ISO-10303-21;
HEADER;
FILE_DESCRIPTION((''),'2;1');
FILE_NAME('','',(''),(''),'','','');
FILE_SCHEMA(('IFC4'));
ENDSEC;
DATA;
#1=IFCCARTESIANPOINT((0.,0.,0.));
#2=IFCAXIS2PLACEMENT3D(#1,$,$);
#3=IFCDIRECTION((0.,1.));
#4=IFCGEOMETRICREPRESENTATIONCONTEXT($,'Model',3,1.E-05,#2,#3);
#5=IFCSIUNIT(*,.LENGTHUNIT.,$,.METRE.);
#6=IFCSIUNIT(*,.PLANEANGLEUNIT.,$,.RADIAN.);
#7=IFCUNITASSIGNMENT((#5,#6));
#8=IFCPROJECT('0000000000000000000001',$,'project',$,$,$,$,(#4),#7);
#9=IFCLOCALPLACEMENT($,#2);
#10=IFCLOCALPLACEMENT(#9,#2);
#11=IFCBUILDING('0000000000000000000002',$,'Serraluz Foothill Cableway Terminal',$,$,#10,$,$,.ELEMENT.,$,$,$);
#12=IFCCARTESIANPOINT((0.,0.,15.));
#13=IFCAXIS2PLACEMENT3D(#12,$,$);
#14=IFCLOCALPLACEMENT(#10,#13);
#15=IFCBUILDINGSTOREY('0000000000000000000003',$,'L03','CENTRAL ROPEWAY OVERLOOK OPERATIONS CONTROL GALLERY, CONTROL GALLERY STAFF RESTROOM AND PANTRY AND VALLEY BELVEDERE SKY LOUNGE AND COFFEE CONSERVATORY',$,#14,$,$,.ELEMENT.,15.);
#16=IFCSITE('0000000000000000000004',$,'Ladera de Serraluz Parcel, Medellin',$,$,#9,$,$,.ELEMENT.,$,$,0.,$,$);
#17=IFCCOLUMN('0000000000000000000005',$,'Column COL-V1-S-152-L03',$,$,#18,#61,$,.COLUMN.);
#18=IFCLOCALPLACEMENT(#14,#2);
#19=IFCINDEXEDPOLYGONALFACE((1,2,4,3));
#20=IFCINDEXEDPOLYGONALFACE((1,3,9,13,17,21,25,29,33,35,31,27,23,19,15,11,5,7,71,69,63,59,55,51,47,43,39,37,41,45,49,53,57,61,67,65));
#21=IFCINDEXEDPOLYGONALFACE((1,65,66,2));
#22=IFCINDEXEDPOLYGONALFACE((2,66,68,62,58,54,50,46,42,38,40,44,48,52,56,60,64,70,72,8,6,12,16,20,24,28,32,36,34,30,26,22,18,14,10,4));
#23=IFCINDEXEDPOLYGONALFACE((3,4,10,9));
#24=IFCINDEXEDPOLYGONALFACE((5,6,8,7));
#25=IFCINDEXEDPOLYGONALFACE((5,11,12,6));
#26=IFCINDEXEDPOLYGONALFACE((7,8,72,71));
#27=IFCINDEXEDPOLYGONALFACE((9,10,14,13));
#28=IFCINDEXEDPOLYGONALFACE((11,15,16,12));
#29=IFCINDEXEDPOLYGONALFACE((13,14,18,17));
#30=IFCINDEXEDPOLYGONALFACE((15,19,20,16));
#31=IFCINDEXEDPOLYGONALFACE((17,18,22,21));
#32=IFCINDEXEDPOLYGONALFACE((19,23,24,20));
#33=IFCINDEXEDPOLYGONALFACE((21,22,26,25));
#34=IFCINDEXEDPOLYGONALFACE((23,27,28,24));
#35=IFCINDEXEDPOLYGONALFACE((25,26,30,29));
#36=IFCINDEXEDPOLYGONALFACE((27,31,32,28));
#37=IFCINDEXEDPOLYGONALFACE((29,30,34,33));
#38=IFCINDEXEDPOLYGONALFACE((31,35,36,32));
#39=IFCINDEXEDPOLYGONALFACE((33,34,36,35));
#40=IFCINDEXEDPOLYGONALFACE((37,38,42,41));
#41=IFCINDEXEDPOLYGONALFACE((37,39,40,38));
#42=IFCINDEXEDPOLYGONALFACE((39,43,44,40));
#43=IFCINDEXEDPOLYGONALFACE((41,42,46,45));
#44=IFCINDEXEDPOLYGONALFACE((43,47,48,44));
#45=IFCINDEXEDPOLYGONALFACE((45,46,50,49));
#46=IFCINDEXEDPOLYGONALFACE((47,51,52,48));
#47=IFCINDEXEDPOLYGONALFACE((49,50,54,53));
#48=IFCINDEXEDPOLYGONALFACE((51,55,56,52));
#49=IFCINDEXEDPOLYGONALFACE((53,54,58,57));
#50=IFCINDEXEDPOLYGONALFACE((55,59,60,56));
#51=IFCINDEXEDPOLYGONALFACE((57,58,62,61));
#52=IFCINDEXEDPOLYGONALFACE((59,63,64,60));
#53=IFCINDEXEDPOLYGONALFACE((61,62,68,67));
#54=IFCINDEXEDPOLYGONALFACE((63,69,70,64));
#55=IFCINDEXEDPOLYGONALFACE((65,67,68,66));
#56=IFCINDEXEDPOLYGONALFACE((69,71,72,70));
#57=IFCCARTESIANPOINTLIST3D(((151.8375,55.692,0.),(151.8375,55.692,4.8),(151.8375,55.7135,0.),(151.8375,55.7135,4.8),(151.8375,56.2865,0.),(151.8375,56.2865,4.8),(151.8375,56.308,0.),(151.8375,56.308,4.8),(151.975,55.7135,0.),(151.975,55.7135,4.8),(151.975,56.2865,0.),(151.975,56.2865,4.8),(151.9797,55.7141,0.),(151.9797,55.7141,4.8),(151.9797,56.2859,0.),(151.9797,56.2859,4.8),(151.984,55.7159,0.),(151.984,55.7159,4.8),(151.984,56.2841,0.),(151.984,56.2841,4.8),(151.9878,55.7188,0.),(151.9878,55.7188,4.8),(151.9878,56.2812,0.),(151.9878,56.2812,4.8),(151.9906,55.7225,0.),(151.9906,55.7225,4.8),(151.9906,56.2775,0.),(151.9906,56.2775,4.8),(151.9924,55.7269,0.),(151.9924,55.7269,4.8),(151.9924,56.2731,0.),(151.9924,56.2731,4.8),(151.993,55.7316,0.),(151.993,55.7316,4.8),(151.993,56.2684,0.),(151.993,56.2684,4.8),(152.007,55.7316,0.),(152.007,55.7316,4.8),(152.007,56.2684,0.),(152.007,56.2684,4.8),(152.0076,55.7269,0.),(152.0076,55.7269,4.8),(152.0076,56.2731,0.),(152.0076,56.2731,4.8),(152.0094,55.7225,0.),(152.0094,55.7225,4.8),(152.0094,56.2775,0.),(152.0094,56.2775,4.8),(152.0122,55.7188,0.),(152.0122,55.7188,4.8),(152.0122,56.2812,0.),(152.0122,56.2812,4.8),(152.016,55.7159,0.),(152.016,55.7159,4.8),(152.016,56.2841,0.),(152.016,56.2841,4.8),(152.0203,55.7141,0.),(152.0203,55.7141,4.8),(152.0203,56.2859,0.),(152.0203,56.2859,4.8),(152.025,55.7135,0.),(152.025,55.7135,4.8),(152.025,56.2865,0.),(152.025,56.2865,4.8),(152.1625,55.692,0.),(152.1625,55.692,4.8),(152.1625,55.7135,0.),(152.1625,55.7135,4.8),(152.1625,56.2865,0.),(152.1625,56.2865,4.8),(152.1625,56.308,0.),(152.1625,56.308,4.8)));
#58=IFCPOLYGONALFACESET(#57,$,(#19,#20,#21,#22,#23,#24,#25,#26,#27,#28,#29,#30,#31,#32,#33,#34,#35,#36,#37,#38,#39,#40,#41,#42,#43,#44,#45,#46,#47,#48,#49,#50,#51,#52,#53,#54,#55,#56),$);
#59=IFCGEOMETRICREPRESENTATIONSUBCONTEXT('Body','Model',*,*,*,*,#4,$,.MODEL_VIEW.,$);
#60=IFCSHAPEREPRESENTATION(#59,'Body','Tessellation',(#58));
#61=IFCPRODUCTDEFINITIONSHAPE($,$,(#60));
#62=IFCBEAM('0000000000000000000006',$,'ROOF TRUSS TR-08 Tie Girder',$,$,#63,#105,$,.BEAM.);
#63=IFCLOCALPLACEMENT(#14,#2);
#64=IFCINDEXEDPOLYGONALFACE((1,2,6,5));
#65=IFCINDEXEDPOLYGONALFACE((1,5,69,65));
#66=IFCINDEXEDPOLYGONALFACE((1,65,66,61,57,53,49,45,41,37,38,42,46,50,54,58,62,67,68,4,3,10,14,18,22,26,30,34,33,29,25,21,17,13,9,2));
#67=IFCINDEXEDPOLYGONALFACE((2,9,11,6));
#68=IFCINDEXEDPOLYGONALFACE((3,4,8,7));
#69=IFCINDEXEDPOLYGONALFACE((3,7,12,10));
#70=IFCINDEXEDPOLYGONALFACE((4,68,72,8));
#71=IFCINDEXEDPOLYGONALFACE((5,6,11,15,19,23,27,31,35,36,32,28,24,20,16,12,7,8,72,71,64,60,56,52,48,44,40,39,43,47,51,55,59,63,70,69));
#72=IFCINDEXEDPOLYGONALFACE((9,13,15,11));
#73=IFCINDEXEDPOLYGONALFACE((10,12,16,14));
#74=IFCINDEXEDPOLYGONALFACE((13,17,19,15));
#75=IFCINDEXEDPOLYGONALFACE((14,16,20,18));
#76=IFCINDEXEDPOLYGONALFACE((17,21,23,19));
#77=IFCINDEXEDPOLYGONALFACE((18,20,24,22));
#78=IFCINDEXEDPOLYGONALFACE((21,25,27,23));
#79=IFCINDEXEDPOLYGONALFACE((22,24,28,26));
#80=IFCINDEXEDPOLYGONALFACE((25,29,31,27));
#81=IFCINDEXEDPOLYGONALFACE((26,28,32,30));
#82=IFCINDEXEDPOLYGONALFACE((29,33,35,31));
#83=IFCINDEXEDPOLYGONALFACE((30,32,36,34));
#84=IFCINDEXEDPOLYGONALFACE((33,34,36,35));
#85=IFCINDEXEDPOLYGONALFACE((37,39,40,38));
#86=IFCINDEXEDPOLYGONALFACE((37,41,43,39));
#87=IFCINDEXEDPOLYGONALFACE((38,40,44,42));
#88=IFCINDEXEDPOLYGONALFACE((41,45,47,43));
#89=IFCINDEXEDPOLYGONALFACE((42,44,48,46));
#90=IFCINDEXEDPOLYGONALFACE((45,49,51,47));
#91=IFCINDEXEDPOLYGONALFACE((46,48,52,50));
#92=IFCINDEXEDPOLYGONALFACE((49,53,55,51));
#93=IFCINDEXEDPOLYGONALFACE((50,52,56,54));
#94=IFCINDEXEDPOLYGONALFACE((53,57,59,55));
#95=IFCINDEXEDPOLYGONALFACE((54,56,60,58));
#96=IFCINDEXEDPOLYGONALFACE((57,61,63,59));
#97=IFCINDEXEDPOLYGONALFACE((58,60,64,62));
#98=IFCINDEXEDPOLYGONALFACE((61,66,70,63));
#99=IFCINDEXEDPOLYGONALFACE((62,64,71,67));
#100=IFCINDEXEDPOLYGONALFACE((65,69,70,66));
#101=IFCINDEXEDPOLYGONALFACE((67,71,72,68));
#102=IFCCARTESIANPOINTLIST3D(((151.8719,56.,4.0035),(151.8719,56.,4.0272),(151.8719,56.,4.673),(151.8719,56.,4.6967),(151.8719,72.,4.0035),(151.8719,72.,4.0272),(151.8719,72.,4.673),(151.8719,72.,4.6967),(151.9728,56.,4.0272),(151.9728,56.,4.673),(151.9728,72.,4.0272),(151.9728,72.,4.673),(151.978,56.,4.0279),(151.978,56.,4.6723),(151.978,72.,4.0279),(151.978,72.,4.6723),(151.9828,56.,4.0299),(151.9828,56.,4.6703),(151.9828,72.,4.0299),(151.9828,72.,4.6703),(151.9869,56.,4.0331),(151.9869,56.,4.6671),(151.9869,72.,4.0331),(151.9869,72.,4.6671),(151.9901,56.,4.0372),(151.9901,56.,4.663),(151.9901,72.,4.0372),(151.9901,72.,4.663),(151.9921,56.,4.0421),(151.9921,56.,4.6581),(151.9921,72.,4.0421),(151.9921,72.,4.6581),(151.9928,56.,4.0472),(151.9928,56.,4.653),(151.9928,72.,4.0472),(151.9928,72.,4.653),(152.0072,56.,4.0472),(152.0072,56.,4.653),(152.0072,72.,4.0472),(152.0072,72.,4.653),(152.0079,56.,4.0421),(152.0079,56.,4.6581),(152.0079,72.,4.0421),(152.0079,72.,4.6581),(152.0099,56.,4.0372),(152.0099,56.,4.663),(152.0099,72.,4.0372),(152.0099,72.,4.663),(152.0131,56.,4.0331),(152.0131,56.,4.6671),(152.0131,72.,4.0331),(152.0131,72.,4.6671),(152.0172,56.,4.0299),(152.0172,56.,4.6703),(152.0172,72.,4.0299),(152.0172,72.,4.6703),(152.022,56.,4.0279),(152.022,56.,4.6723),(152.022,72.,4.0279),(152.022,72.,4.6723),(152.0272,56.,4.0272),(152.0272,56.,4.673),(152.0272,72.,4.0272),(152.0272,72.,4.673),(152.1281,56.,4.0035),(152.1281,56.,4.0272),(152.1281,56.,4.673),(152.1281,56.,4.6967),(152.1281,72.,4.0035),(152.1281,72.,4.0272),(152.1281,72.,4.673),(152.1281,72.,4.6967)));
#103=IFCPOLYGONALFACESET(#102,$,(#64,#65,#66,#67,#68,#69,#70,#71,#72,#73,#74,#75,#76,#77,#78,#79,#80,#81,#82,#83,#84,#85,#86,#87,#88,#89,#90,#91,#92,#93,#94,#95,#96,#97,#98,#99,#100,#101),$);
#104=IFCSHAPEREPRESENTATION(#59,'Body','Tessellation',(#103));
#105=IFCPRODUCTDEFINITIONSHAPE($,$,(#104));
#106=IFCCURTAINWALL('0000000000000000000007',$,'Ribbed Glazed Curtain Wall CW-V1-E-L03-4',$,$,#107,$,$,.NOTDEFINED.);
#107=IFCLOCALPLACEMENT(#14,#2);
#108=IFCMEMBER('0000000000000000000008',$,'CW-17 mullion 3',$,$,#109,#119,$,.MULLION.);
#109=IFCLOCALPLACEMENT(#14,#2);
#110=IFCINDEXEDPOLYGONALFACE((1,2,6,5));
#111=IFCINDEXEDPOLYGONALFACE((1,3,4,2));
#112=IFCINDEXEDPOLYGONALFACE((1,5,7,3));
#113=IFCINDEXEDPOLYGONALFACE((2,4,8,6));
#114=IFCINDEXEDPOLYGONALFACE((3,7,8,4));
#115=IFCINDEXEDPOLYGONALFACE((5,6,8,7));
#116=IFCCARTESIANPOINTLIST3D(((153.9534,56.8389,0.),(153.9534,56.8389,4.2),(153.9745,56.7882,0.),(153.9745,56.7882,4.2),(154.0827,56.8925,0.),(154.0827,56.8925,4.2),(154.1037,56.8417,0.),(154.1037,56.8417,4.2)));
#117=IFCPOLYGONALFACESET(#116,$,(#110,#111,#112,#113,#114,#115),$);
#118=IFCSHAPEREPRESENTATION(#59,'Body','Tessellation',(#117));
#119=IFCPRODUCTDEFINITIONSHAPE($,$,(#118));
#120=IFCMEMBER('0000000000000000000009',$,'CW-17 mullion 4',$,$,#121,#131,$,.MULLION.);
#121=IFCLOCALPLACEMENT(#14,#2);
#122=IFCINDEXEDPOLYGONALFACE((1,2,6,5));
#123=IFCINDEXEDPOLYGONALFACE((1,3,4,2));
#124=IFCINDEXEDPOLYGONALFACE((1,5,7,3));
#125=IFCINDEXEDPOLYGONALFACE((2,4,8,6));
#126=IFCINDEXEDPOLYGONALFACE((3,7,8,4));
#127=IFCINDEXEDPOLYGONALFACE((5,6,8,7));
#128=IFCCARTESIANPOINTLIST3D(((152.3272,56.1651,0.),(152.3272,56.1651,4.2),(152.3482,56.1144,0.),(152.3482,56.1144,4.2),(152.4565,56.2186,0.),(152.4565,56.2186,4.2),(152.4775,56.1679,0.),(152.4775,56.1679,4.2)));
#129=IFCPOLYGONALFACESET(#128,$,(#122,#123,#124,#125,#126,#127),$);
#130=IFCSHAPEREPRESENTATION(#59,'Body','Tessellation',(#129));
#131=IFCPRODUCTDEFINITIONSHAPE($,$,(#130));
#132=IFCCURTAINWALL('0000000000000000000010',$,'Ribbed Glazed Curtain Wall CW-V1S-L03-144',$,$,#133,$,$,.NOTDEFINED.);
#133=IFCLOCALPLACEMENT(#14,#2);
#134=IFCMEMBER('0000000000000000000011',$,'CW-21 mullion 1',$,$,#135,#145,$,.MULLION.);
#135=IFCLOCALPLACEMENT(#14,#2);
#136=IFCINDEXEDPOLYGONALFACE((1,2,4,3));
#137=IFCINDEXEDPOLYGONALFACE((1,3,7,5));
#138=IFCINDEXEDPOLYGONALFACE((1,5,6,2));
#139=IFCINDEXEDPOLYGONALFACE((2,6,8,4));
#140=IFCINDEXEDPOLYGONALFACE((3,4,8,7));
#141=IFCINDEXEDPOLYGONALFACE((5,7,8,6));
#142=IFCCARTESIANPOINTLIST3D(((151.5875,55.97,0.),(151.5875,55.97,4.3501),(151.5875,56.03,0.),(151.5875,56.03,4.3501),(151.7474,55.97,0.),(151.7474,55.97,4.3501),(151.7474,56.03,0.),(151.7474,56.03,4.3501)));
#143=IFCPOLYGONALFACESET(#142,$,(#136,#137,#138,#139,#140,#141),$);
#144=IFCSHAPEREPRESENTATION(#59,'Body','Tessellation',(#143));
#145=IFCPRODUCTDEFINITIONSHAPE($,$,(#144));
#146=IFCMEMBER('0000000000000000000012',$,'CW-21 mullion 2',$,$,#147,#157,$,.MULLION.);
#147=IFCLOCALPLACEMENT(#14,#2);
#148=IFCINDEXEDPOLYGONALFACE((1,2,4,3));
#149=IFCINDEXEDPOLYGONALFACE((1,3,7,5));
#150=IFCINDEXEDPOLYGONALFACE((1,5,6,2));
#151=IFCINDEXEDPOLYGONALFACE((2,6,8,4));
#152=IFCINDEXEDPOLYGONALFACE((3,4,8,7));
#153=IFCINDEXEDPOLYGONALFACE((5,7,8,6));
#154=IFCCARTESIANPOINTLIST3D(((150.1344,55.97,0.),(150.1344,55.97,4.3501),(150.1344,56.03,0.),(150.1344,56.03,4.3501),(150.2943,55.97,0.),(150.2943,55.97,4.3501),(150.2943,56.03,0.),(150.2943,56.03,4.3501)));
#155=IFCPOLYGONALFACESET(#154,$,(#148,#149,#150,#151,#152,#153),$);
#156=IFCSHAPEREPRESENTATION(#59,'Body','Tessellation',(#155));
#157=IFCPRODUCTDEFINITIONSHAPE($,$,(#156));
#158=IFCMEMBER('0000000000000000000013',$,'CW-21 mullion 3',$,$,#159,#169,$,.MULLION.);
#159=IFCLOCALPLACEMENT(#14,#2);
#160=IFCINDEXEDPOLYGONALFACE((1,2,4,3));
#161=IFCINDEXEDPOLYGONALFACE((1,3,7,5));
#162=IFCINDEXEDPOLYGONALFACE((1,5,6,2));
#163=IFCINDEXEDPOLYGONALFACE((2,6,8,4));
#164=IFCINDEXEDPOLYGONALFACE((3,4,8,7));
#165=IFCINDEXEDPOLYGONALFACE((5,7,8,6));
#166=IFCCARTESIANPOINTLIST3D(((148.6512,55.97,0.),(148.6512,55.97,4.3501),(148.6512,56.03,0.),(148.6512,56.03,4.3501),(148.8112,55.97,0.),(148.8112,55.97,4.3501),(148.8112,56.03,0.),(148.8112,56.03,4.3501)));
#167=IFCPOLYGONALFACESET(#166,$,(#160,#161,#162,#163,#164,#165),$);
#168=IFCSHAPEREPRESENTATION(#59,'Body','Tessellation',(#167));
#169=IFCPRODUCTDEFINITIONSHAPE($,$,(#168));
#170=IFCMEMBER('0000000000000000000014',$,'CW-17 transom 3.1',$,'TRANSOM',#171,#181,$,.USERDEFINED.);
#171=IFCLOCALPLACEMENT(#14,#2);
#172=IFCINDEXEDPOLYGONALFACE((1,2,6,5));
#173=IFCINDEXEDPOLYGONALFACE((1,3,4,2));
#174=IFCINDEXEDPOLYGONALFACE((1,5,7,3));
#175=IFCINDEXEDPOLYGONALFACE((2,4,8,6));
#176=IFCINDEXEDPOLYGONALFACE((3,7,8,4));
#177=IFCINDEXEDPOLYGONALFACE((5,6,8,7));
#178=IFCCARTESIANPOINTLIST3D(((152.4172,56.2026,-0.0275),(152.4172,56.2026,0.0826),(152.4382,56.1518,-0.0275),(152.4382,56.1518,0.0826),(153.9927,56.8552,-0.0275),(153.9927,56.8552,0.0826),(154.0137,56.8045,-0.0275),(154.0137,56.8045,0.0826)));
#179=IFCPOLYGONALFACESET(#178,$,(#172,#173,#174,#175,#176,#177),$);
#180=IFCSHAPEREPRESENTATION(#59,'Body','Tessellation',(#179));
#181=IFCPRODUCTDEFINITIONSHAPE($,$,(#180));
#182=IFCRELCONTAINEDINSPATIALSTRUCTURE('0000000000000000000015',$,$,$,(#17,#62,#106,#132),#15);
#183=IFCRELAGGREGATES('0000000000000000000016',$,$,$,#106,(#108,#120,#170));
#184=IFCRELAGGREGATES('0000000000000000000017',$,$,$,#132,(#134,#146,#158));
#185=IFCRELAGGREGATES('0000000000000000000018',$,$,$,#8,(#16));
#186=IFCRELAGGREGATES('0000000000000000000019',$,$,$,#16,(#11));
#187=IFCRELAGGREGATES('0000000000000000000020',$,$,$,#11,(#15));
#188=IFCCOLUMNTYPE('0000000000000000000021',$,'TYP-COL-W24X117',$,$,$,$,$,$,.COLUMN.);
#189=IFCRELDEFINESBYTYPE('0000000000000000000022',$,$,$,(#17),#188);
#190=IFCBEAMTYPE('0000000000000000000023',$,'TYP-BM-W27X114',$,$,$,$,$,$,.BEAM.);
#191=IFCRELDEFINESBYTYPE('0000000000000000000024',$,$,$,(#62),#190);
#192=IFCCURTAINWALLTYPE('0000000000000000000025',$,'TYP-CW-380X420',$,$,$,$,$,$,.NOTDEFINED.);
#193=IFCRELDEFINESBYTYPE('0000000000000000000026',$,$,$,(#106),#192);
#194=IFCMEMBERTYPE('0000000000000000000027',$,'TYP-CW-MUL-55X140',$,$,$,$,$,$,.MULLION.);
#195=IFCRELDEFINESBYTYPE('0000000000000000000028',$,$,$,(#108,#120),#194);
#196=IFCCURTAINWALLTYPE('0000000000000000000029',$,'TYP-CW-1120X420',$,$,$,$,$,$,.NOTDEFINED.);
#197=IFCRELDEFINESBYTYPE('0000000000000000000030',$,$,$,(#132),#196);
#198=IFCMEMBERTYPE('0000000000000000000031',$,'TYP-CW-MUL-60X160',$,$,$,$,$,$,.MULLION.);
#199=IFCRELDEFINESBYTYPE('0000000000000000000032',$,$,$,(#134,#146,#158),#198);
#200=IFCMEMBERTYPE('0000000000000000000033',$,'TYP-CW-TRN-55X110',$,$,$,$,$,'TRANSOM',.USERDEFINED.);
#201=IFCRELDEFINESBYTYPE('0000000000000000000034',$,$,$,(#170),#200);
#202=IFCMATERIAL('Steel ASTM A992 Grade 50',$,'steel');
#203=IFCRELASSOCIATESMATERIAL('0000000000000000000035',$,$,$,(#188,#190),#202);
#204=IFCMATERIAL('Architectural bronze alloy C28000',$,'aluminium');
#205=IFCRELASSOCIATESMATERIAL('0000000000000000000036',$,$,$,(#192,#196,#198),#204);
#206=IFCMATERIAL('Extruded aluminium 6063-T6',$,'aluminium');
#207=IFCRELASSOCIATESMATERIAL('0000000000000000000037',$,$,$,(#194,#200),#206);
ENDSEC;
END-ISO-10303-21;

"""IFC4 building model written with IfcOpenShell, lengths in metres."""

from ifc_helpers import new_model, si_unit, direction, frame, origin, origin_2d, place, context, subcontext, project, spatial, rectangle, i_section, extrude, material, material_profile, profile_set, type_object, element, aggregate, save


model = new_model("IFC4")

# Units and contexts
model_context = context("Model", 3, precision=1e-05, world=origin(), true_north=direction((0.0, 1.0)))
body_context = subcontext(model_context, "Body", "Model", "MODEL_VIEW")
ifc_project = project(units=[si_unit("LENGTHUNIT", "METRE"), si_unit("PLANEANGLEUNIT", "RADIAN")], contexts=[model_context])

# Site, building, storey
site_placement = place(None, origin())
site = spatial("IfcSite", under=ifc_project, at=site_placement, Name="Ladera de Serraluz Parcel, Medellin", CompositionType="ELEMENT", RefElevation=0.0)
building_placement = place(site_placement, origin())
building = spatial("IfcBuilding", under=site, at=building_placement, Name="Serraluz Foothill Cableway Terminal", CompositionType="ELEMENT")
storey_placement = place(building_placement, frame((0.0, 0.0, 15.0)))
storey = spatial("IfcBuildingStorey", under=building, at=storey_placement, Name="L03", Description="CENTRAL ROPEWAY OVERLOOK OPERATIONS CONTROL GALLERY, CONTROL GALLERY STAFF RESTROOM AND PANTRY AND VALLEY BELVEDERE SKY LOUNGE AND COFFEE CONSERVATORY", CompositionType="ELEMENT", Elevation=15.0)

# Column
ifc_material_1 = material(Name="Steel ASTM A992 Grade 50", Category="steel")
ifc_material_profile_1 = material_profile(ifc_material_1, i_section(OverallWidth=0.325, OverallDepth=0.616, WebThickness=0.0139, FlangeThickness=0.0215, FilletRadius=0.0181, at=origin_2d()), Name="W24X117")
ifc_profile_set_1 = profile_set([ifc_material_profile_1], Name="Steel ASTM A992 Grade 50")
column_type = type_object("IfcColumnType", Name="TYP-COL-W24X117", PredefinedType="COLUMN", material=ifc_profile_set_1)
column_placement = place(storey_placement, frame((152.0, 56.0, 0.0), z_axis=(0.0, 0.0, 1.0), x_axis=(1.0, 0.0, 0.0)))
element("IfcColumn", 1, at=column_placement, inside=storey, type_object=column_type, Name="Column COL-V1-S-152-L03", PredefinedType="COLUMN", context=body_context, shape_type="SweptSolid", body=[
    extrude(i_section(OverallWidth=0.325, OverallDepth=0.616, WebThickness=0.0139, FlangeThickness=0.0215, FilletRadius=0.0181, at=origin_2d()), origin(), (0.0, 0.0, 1.0), 4.8),
])

# Beam
ifc_material_profile_2 = material_profile(ifc_material_1, i_section(OverallWidth=0.2561, OverallDepth=0.6931, WebThickness=0.0144, FlangeThickness=0.0237, FilletRadius=0.02, at=origin_2d()), Name="W27X114")
ifc_profile_set_2 = profile_set([ifc_material_profile_2], Name="Steel ASTM A992 Grade 50")
beam_type_1 = type_object("IfcBeamType", Name="TYP-BM-W27X114", PredefinedType="BEAM", material=ifc_profile_set_2)
beam_1_placement = place(storey_placement, frame((152.0, 56.0, 4.3501), z_axis=(0.0, 1.0, 0.0), x_axis=(-1.0, 0.0, 0.0)))
element("IfcBeam", 2, at=beam_1_placement, inside=storey, type_object=beam_type_1, Name="ROOF TRUSS TR-08 Tie Girder", PredefinedType="BEAM", context=body_context, shape_type="SweptSolid", body=[
    extrude(i_section(OverallWidth=0.2561, OverallDepth=0.6931, WebThickness=0.0144, FlangeThickness=0.0237, FilletRadius=0.02, at=origin_2d()), origin(), (0.0, 0.0, 1.0), 16.0),
])

# Curtain walls, members
ifc_material_2 = material(Name="Architectural bronze alloy C28000", Category="aluminium")
curtain_wall_type_1 = type_object("IfcCurtainWallType", Name="TYP-CW-380X420", PredefinedType="NOTDEFINED", material=ifc_material_2)
curtain_wall_1_placement = place(storey_placement, origin())
curtain_wall_1 = element("IfcCurtainWall", 3, at=curtain_wall_1_placement, inside=storey, type_object=curtain_wall_type_1, Name="Ribbed Glazed Curtain Wall CW-V1-E-L03-4", PredefinedType="NOTDEFINED")
ifc_material_3 = material(Name="Extruded aluminium 6063-T6", Category="aluminium")
ifc_material_profile_3 = material_profile(ifc_material_3, rectangle(XDim=0.0549, YDim=0.1399, at=origin_2d()), Name="ALU MULLION 55x140")
ifc_profile_set_3 = profile_set([ifc_material_profile_3], Name="Extruded aluminium 6063-T6")
member_type_1 = type_object("IfcMemberType", Name="TYP-CW-MUL-55X140", PredefinedType="MULLION", material=ifc_profile_set_3)
member_1_placement = place(storey_placement, frame((154.0286, 56.8403, 0.0), z_axis=(0.0, 0.0, 1.0), x_axis=(0.382682, -0.92388, 0.0)))
member_1 = element("IfcMember", 4, at=member_1_placement, type_object=member_type_1, Name="CW-17 mullion 3", PredefinedType="MULLION", context=body_context, shape_type="SweptSolid", body=[
    extrude(rectangle(XDim=0.0549, YDim=0.1399, at=origin_2d()), origin(), (0.0, 0.0, 1.0), 4.2),
])
member_2_placement = place(storey_placement, frame((152.4023, 56.1665, 0.0), z_axis=(0.0, 0.0, 1.0), x_axis=(0.382682, -0.92388, 0.0)))
member_2 = element("IfcMember", 5, at=member_2_placement, type_object=member_type_1, Name="CW-17 mullion 4", PredefinedType="MULLION", context=body_context, shape_type="SweptSolid", body=[
    extrude(rectangle(XDim=0.0549, YDim=0.1399, at=origin_2d()), origin(), (0.0, 0.0, 1.0), 4.2),
])
curtain_wall_type_2 = type_object("IfcCurtainWallType", Name="TYP-CW-1120X420", PredefinedType="NOTDEFINED", material=ifc_material_2)
curtain_wall_2_placement = place(storey_placement, origin())
curtain_wall_2 = element("IfcCurtainWall", 6, at=curtain_wall_2_placement, inside=storey, type_object=curtain_wall_type_2, Name="Ribbed Glazed Curtain Wall CW-V1S-L03-144", PredefinedType="NOTDEFINED")
ifc_material_profile_4 = material_profile(ifc_material_2, rectangle(XDim=0.0601, YDim=0.1599, at=origin_2d()), Name="ALU MULLION 60x160")
ifc_profile_set_4 = profile_set([ifc_material_profile_4], Name="Architectural bronze alloy C28000")
member_type_2 = type_object("IfcMemberType", Name="TYP-CW-MUL-60X160", PredefinedType="MULLION", material=ifc_profile_set_4)
member_3_placement = place(storey_placement, frame((151.6675, 56.0, 0.0), z_axis=(0.0, 0.0, 1.0), x_axis=(0.0, -1.0, 0.0)))
member_3 = element("IfcMember", 7, at=member_3_placement, type_object=member_type_2, Name="CW-21 mullion 1", PredefinedType="MULLION", context=body_context, shape_type="SweptSolid", body=[
    extrude(rectangle(XDim=0.0601, YDim=0.1599, at=origin_2d()), origin(), (0.0, 0.0, 1.0), 4.3501),
])
member_4_placement = place(storey_placement, frame((150.2144, 56.0, 0.0), z_axis=(0.0, 0.0, 1.0), x_axis=(0.0, -1.0, 0.0)))
member_4 = element("IfcMember", 8, at=member_4_placement, type_object=member_type_2, Name="CW-21 mullion 2", PredefinedType="MULLION", context=body_context, shape_type="SweptSolid", body=[
    extrude(rectangle(XDim=0.0601, YDim=0.1599, at=origin_2d()), origin(), (0.0, 0.0, 1.0), 4.3501),
])
member_5_placement = place(storey_placement, frame((148.7312, 56.0, 0.0), z_axis=(0.0, 0.0, 1.0), x_axis=(0.0, -1.0, 0.0)))
member_5 = element("IfcMember", 9, at=member_5_placement, type_object=member_type_2, Name="CW-21 mullion 3", PredefinedType="MULLION", context=body_context, shape_type="SweptSolid", body=[
    extrude(rectangle(XDim=0.0601, YDim=0.1599, at=origin_2d()), origin(), (0.0, 0.0, 1.0), 4.3501),
])

# Member
ifc_material_profile_5 = material_profile(ifc_material_3, rectangle(XDim=0.0549, YDim=0.1101, at=origin_2d()), Name="ALU TRANSOM 55x110")
ifc_profile_set_5 = profile_set([ifc_material_profile_5], Name="Extruded aluminium 6063-T6")
member_type_3 = type_object("IfcMemberType", Name="TYP-CW-TRN-55X110", ElementType="TRANSOM", PredefinedType="USERDEFINED", material=ifc_profile_set_5)
member_6_placement = place(storey_placement, frame((154.0032, 56.8298, 0.0276), z_axis=(-0.923875, -0.382693, 0.0), x_axis=(0.382693, -0.923875, 0.0)))
member_6 = element("IfcMember", 10, at=member_6_placement, type_object=member_type_3, Name="CW-17 transom 3.1", ObjectType="TRANSOM", PredefinedType="USERDEFINED", context=body_context, shape_type="SweptSolid", body=[
    extrude(rectangle(XDim=0.0549, YDim=0.1101, at=origin_2d()), origin(), (0.0, 0.0, 1.0), 1.7053),
])

aggregate(curtain_wall_1, [member_1, member_2, member_6])
aggregate(curtain_wall_2, [member_3, member_4, member_5])

save(model, "model.ifc")
